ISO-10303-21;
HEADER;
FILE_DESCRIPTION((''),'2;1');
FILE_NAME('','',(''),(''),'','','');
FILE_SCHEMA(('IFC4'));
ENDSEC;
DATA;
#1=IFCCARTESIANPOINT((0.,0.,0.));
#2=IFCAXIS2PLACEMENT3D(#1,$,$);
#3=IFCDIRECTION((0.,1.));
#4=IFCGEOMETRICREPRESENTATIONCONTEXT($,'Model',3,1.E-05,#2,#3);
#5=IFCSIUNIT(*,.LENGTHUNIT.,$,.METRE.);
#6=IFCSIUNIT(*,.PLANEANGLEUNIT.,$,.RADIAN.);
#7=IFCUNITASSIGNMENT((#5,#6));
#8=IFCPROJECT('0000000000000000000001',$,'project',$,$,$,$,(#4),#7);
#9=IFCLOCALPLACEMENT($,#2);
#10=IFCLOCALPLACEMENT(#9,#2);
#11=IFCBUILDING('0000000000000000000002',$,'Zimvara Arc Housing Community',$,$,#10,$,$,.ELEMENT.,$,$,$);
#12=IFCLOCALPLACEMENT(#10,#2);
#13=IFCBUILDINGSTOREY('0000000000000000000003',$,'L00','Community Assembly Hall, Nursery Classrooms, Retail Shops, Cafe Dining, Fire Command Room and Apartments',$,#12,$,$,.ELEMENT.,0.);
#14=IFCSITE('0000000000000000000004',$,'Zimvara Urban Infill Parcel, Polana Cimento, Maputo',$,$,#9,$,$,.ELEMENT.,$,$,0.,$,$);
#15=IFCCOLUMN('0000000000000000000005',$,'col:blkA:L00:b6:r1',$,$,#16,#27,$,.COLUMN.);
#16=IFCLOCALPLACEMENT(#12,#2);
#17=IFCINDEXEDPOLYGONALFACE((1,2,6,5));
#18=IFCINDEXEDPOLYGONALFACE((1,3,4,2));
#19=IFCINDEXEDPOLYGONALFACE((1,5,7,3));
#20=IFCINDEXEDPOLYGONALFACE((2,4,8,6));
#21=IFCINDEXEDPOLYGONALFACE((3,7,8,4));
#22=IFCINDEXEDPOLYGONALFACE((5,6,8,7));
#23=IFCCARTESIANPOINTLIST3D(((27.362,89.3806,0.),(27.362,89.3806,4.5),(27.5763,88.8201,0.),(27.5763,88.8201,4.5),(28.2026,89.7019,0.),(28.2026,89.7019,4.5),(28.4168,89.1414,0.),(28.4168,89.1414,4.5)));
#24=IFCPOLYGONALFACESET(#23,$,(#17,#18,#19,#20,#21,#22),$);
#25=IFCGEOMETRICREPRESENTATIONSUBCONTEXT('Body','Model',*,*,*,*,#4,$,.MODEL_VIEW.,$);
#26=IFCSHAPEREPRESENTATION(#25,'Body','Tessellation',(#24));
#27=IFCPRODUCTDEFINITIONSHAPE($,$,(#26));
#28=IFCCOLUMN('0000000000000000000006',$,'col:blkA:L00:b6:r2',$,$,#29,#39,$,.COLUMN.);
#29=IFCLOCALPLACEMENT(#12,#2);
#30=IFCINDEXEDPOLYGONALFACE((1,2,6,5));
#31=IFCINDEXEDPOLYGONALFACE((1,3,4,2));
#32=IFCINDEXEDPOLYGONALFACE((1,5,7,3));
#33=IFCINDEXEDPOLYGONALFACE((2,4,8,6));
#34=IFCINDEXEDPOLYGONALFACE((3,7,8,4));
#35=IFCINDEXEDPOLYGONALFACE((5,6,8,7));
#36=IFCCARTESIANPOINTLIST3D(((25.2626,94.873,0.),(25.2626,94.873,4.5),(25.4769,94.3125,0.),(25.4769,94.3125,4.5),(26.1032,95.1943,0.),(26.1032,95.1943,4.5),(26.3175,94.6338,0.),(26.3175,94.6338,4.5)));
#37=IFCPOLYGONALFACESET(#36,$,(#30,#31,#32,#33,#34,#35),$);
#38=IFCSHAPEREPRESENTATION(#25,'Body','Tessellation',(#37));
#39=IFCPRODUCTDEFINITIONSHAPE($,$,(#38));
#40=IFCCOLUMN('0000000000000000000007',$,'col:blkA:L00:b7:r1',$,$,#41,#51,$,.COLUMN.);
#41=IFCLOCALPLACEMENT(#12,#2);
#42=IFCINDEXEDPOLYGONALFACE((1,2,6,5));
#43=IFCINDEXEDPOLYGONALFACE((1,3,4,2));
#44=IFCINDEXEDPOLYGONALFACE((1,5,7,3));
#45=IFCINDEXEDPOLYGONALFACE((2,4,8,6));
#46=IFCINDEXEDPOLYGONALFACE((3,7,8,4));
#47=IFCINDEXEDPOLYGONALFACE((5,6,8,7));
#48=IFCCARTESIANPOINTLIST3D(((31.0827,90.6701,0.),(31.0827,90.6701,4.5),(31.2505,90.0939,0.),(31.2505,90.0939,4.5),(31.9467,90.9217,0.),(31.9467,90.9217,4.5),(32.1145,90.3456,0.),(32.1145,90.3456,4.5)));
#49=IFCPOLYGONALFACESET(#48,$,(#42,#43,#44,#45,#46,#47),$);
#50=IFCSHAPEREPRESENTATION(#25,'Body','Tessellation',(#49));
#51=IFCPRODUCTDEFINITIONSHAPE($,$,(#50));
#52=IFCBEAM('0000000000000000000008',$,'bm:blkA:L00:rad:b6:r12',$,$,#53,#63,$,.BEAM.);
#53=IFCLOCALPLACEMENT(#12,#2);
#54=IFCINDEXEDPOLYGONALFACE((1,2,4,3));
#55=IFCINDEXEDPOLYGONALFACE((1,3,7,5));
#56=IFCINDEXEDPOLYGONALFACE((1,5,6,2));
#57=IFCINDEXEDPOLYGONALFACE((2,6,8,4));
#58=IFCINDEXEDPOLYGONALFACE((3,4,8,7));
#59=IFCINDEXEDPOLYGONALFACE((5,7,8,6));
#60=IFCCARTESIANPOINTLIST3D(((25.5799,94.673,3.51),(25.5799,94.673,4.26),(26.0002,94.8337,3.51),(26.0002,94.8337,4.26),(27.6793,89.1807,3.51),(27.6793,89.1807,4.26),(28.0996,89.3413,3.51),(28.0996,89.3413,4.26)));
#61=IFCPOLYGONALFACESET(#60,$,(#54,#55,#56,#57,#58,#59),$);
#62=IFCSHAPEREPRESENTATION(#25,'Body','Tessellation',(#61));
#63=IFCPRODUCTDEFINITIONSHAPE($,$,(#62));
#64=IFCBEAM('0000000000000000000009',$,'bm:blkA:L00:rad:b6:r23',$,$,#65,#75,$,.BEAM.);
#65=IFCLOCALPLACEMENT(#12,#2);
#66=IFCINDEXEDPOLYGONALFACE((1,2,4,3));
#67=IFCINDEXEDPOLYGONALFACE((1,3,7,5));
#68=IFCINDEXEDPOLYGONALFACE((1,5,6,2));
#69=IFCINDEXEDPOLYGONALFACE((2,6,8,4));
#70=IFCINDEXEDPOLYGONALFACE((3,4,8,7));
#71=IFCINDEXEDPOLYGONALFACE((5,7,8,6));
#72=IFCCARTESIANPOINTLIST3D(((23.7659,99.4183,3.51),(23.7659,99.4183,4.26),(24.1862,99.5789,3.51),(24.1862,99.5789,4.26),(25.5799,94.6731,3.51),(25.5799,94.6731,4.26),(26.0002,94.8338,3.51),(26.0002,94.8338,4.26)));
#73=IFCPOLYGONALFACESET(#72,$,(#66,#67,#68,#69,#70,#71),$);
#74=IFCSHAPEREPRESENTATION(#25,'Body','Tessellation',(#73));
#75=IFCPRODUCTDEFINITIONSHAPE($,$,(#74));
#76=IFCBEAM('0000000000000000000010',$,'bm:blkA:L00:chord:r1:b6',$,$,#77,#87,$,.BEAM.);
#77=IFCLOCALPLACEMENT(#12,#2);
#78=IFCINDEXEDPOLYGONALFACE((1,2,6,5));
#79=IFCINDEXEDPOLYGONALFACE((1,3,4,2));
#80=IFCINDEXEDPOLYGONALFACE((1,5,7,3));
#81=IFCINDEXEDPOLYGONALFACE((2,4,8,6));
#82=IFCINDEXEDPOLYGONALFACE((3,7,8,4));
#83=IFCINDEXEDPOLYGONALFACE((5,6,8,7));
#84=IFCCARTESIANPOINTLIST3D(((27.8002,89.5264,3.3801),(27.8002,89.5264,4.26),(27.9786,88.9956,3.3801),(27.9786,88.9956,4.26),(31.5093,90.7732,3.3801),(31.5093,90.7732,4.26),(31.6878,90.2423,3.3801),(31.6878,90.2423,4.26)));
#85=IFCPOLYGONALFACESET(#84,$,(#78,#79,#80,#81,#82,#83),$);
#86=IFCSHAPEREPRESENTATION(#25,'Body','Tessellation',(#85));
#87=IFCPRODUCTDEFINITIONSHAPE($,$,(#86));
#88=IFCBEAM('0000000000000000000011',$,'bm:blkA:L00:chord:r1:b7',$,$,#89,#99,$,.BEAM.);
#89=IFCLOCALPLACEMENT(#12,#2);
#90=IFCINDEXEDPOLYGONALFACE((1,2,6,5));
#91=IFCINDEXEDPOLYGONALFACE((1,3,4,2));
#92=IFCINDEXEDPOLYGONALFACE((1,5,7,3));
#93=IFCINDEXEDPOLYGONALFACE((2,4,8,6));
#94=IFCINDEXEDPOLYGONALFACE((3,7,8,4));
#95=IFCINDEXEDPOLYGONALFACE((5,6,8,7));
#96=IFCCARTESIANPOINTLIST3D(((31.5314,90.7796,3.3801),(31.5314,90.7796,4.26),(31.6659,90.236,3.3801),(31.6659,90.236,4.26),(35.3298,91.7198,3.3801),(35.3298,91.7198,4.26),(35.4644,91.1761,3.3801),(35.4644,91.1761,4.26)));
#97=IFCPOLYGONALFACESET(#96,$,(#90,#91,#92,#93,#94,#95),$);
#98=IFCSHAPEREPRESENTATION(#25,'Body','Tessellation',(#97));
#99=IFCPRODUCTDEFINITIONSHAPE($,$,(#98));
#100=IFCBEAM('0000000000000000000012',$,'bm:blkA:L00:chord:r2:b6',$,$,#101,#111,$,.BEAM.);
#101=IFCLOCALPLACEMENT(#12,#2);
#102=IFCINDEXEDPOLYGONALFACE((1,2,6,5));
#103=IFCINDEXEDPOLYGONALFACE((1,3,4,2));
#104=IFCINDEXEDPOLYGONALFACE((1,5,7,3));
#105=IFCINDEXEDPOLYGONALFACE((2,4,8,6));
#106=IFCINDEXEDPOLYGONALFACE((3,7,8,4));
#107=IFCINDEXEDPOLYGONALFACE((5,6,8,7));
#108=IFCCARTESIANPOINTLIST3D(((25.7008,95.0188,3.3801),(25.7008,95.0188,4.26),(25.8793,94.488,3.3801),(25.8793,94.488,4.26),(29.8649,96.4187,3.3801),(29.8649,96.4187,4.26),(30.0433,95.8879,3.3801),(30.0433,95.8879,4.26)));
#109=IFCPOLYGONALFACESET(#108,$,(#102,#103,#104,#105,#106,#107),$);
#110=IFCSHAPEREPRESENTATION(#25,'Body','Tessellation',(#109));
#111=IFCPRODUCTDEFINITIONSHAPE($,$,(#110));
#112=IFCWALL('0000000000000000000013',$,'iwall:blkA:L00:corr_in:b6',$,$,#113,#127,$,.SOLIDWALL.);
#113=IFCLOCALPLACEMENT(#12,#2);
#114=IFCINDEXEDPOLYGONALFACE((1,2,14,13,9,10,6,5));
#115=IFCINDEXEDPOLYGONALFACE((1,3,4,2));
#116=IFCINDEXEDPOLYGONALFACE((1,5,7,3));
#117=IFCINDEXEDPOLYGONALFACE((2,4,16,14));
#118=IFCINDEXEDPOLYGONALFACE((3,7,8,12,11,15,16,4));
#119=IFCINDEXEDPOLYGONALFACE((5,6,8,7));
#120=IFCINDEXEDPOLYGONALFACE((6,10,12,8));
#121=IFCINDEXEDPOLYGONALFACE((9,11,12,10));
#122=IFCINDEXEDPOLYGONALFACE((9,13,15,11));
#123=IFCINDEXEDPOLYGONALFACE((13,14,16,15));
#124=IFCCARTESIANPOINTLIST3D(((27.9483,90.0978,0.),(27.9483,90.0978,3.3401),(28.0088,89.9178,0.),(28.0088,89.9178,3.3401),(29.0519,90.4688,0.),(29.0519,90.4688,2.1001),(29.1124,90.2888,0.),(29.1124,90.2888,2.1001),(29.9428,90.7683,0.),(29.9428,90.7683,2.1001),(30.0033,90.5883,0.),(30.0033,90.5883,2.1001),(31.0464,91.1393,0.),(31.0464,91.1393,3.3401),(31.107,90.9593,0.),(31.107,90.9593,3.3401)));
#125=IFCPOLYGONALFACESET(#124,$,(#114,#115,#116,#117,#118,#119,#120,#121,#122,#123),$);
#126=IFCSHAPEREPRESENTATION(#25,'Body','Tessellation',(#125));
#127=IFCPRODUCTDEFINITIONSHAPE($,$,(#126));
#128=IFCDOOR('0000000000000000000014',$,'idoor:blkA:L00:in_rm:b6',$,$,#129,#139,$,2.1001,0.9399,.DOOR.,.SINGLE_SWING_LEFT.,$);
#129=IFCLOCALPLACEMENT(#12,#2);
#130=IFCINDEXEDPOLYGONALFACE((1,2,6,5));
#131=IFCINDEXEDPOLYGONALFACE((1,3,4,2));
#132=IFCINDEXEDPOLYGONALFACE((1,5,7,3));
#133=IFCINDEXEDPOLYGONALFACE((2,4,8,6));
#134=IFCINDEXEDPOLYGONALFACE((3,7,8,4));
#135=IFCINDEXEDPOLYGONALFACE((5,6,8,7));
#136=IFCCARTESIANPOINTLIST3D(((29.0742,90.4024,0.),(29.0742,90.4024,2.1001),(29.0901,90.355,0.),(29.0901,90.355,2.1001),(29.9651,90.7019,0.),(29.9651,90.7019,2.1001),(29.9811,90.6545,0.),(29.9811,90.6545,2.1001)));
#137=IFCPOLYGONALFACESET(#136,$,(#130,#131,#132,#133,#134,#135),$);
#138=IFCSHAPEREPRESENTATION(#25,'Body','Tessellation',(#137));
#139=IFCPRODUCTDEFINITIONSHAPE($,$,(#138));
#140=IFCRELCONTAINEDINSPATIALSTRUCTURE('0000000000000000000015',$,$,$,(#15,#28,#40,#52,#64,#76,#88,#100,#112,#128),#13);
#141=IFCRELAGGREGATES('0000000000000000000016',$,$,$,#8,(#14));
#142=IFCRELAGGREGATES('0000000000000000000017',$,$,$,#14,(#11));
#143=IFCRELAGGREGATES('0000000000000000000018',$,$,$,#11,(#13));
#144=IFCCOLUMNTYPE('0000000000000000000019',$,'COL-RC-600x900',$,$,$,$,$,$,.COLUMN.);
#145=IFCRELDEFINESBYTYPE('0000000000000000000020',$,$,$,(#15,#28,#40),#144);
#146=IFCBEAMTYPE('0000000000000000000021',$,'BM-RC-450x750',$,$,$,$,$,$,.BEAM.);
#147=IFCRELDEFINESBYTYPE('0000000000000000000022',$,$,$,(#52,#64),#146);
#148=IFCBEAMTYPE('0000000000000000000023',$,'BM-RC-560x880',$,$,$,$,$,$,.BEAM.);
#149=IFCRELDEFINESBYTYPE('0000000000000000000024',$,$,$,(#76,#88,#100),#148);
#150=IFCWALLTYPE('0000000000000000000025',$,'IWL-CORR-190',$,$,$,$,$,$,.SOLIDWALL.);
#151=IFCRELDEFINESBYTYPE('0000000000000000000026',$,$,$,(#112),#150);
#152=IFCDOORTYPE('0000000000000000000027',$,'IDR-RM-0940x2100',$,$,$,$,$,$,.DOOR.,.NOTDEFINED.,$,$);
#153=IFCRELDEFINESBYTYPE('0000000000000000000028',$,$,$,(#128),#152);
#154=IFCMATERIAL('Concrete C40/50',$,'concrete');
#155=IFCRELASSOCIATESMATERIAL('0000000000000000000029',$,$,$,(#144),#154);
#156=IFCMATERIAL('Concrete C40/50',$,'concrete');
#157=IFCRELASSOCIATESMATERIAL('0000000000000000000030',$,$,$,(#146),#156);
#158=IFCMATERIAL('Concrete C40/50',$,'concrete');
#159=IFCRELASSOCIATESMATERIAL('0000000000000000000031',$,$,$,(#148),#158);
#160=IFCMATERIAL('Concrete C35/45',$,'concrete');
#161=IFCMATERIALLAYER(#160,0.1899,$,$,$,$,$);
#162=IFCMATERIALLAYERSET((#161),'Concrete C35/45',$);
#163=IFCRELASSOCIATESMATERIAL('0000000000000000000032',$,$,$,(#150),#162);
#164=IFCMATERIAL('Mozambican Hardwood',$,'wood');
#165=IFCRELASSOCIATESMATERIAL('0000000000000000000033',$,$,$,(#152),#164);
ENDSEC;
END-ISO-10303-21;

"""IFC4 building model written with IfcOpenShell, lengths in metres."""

from ifc_helpers import new_model, si_unit, direction, frame, frame_2d, origin, origin_2d, place, context, subcontext, project, spatial, rectangle, extrude, material, layer, layer_set, material_profile, profile_set, type_object, element, fill, save


model = new_model("IFC4")

# Units and contexts
model_context = context("Model", 3, precision=1e-05, world=origin(), true_north=direction((0.0, 1.0)))
body_context = subcontext(model_context, "Body", "Model", "MODEL_VIEW")
ifc_project = project(units=[si_unit("LENGTHUNIT", "METRE"), si_unit("PLANEANGLEUNIT", "RADIAN")], contexts=[model_context])

# Site, building, storey
site_placement = place(None, origin())
site = spatial("IfcSite", under=ifc_project, at=site_placement, Name="Zimvara Urban Infill Parcel, Polana Cimento, Maputo", CompositionType="ELEMENT", RefElevation=0.0)
building_placement = place(site_placement, origin())
building = spatial("IfcBuilding", under=site, at=building_placement, Name="Zimvara Arc Housing Community", CompositionType="ELEMENT")
storey_placement = place(building_placement, origin())
storey = spatial("IfcBuildingStorey", under=building, at=storey_placement, Name="L00", Description="Community Assembly Hall, Nursery Classrooms, Retail Shops, Cafe Dining, Fire Command Room and Apartments", CompositionType="ELEMENT", Elevation=0.0)

# Columns
ifc_material_1 = material(Name="Concrete C40/50", Category="concrete")
ifc_material_profile_1 = material_profile(ifc_material_1, rectangle(XDim=0.6001, YDim=0.8999, at=origin_2d()), Name="RC 600x900")
ifc_profile_set_1 = profile_set([ifc_material_profile_1], Name="Concrete C40/50")
column_type = type_object("IfcColumnType", Name="COL-RC-600x900", PredefinedType="COLUMN", material=ifc_profile_set_1)
for number, where, z_axis, x_axis, name in (
    (1, (27.8894, 89.261, 0.0), (0.0, 0.0, 1.0), (-0.357064, 0.93408, 0.0), "col:blkA:L00:b6:r1"),
    (2, (25.79, 94.7534, 0.0), (0.0, 0.0, 1.0), (-0.357064, 0.93408, 0.0), "col:blkA:L00:b6:r2"),
    (3, (31.5986, 90.5078, 0.0), (0.0, 0.0, 1.0), (-0.279661, 0.960099, 0.0), "col:blkA:L00:b7:r1"),
):
    element("IfcColumn", number, at=place(storey_placement, frame(where, z_axis=z_axis, x_axis=x_axis)), inside=storey, type_object=column_type, Name=name, PredefinedType="COLUMN", context=body_context, shape_type="SweptSolid", body=[
        extrude(rectangle(XDim=0.6001, YDim=0.8999, at=origin_2d()), origin(), (0.0, 0.0, 1.0), 4.5),
    ])

# Beams
ifc_material_2 = material(Name="Concrete C40/50", Category="concrete")
ifc_material_profile_2 = material_profile(ifc_material_2, rectangle(XDim=0.45, YDim=0.75, at=origin_2d()), Name="RC 450x750")
ifc_profile_set_2 = profile_set([ifc_material_profile_2], Name="Concrete C40/50")
beam_type_1 = type_object("IfcBeamType", Name="BM-RC-450x750", PredefinedType="BEAM", material=ifc_profile_set_2)
beam_1_placement = place(storey_placement, frame((27.8894, 89.261, 3.885), z_axis=(-0.357036, 0.934091, 0.0), x_axis=(-0.934091, -0.357036, 0.0)))
element("IfcBeam", 4, at=beam_1_placement, inside=storey, type_object=beam_type_1, Name="bm:blkA:L00:rad:b6:r12", PredefinedType="BEAM", context=body_context, shape_type="SweptSolid", body=[
    extrude(rectangle(XDim=0.45, YDim=0.75, at=origin_2d()), origin(), (0.0, 0.0, 1.0), 5.8799),
])
beam_2_placement = place(storey_placement, frame((25.79, 94.7534, 3.885), z_axis=(-0.357078, 0.934074, 0.0), x_axis=(-0.934074, -0.357078, 0.0)))
element("IfcBeam", 5, at=beam_2_placement, inside=storey, type_object=beam_type_1, Name="bm:blkA:L00:rad:b6:r23", PredefinedType="BEAM", context=body_context, shape_type="SweptSolid", body=[
    extrude(rectangle(XDim=0.45, YDim=0.75, at=origin_2d()), origin(), (0.0, 0.0, 1.0), 5.0801),
])
ifc_material_3 = material(Name="Concrete C40/50", Category="concrete")
ifc_material_profile_3 = material_profile(ifc_material_3, rectangle(XDim=0.5601, YDim=0.8799, at=origin_2d()), Name="RC 560x880")
ifc_profile_set_3 = profile_set([ifc_material_profile_3], Name="Concrete C40/50")
beam_type_2 = type_object("IfcBeamType", Name="BM-RC-560x880", PredefinedType="BEAM", material=ifc_profile_set_3)
for number, where, z_axis, x_axis, name in (
    (6, (27.8894, 89.261, 3.8201), (0.947882, 0.318623, 0.0), (-0.318623, 0.947882, 0.0), "bm:blkA:L00:chord:r1:b6"),
    (7, (31.5986, 90.5078, 3.8201), (0.970709, 0.24026, 0.0), (-0.24026, 0.970709, 0.0), "bm:blkA:L00:chord:r1:b7"),
):
    element("IfcBeam", number, at=place(storey_placement, frame(where, z_axis=z_axis, x_axis=x_axis)), inside=storey, type_object=beam_type_2, Name=name, PredefinedType="BEAM", context=body_context, shape_type="SweptSolid", body=[
        extrude(rectangle(XDim=0.5601, YDim=0.8799, at=origin_2d()), origin(), (0.0, 0.0, 1.0), 3.9131),
    ])
beam_3_placement = place(storey_placement, frame((25.79, 94.7534, 3.8201), z_axis=(0.947869, 0.318661, 0.0), x_axis=(-0.318661, 0.947869, 0.0)))
element("IfcBeam", 8, at=beam_3_placement, inside=storey, type_object=beam_type_2, Name="bm:blkA:L00:chord:r2:b6", PredefinedType="BEAM", context=body_context, shape_type="SweptSolid", body=[
    extrude(rectangle(XDim=0.5601, YDim=0.8799, at=origin_2d()), origin(), (0.0, 0.0, 1.0), 4.3931),
])

# Wall, opening, door
ifc_material_4 = material(Name="Concrete C35/45", Category="concrete")
ifc_layer_1 = layer(ifc_material_4, 0.1899)
ifc_layer_set_1 = layer_set([ifc_layer_1], Name="Concrete C35/45")
wall_type_1 = type_object("IfcWallType", Name="IWL-CORR-190", PredefinedType="SOLIDWALL", material=ifc_layer_set_1)
wall_1_placement = place(storey_placement, frame((27.9785, 90.0078, 0.0), z_axis=(0.0, 0.0, 1.0), x_axis=(0.947874, 0.318647, 0.0)))
wall_1 = element("IfcWall", 9, at=wall_1_placement, inside=storey, type_object=wall_type_1, Name="iwall:blkA:L00:corr_in:b6", PredefinedType="SOLIDWALL", context=body_context, shape_type="SweptSolid", body=[
    extrude(rectangle(XDim=3.2686, YDim=0.1899, at=frame_2d((1.6343, 0.0))), origin(), (0.0, 0.0, 1.0), 3.3401),
])
opening_1_placement = place(wall_1_placement, frame((1.1643, 0.0, 0.0)))
opening_1 = element("IfcOpeningElement", 10, at=opening_1_placement, cuts=wall_1, PredefinedType="OPENING", context=body_context, shape_type="SweptSolid", body=[
    extrude(rectangle(XDim=0.9399, YDim=2.1001, at=frame_2d((0.47, 1.05))), frame((0.0, 0.105, 0.0), z_axis=(0.0, -1.0, 0.0), x_axis=(1.0, 0.0, 0.0)), (0.0, 0.0, 1.0), 0.21),
])
ifc_material_5 = material(Name="Mozambican Hardwood", Category="wood")
door_type_1 = type_object("IfcDoorType", Name="IDR-RM-0940x2100", OperationType="NOTDEFINED", PredefinedType="DOOR", material=ifc_material_5)
door_1_placement = place(opening_1_placement, origin())
door_1 = element("IfcDoor", 11, at=door_1_placement, inside=storey, type_object=door_type_1, Name="idoor:blkA:L00:in_rm:b6", OperationType="SINGLE_SWING_LEFT", OverallHeight=2.1001, OverallWidth=0.9399, PredefinedType="DOOR", context=body_context, shape_type="SweptSolid", body=[
    extrude(rectangle(XDim=0.9399, YDim=2.1001, at=frame_2d((0.47, 1.05))), frame((0.0, 0.0249, 0.0), z_axis=(0.0, -1.0, 0.0), x_axis=(1.0, 0.0, 0.0)), (0.0, 0.0, 1.0), 0.05),
])
fill(opening_1, door_1)

save(model, "model.ifc")
